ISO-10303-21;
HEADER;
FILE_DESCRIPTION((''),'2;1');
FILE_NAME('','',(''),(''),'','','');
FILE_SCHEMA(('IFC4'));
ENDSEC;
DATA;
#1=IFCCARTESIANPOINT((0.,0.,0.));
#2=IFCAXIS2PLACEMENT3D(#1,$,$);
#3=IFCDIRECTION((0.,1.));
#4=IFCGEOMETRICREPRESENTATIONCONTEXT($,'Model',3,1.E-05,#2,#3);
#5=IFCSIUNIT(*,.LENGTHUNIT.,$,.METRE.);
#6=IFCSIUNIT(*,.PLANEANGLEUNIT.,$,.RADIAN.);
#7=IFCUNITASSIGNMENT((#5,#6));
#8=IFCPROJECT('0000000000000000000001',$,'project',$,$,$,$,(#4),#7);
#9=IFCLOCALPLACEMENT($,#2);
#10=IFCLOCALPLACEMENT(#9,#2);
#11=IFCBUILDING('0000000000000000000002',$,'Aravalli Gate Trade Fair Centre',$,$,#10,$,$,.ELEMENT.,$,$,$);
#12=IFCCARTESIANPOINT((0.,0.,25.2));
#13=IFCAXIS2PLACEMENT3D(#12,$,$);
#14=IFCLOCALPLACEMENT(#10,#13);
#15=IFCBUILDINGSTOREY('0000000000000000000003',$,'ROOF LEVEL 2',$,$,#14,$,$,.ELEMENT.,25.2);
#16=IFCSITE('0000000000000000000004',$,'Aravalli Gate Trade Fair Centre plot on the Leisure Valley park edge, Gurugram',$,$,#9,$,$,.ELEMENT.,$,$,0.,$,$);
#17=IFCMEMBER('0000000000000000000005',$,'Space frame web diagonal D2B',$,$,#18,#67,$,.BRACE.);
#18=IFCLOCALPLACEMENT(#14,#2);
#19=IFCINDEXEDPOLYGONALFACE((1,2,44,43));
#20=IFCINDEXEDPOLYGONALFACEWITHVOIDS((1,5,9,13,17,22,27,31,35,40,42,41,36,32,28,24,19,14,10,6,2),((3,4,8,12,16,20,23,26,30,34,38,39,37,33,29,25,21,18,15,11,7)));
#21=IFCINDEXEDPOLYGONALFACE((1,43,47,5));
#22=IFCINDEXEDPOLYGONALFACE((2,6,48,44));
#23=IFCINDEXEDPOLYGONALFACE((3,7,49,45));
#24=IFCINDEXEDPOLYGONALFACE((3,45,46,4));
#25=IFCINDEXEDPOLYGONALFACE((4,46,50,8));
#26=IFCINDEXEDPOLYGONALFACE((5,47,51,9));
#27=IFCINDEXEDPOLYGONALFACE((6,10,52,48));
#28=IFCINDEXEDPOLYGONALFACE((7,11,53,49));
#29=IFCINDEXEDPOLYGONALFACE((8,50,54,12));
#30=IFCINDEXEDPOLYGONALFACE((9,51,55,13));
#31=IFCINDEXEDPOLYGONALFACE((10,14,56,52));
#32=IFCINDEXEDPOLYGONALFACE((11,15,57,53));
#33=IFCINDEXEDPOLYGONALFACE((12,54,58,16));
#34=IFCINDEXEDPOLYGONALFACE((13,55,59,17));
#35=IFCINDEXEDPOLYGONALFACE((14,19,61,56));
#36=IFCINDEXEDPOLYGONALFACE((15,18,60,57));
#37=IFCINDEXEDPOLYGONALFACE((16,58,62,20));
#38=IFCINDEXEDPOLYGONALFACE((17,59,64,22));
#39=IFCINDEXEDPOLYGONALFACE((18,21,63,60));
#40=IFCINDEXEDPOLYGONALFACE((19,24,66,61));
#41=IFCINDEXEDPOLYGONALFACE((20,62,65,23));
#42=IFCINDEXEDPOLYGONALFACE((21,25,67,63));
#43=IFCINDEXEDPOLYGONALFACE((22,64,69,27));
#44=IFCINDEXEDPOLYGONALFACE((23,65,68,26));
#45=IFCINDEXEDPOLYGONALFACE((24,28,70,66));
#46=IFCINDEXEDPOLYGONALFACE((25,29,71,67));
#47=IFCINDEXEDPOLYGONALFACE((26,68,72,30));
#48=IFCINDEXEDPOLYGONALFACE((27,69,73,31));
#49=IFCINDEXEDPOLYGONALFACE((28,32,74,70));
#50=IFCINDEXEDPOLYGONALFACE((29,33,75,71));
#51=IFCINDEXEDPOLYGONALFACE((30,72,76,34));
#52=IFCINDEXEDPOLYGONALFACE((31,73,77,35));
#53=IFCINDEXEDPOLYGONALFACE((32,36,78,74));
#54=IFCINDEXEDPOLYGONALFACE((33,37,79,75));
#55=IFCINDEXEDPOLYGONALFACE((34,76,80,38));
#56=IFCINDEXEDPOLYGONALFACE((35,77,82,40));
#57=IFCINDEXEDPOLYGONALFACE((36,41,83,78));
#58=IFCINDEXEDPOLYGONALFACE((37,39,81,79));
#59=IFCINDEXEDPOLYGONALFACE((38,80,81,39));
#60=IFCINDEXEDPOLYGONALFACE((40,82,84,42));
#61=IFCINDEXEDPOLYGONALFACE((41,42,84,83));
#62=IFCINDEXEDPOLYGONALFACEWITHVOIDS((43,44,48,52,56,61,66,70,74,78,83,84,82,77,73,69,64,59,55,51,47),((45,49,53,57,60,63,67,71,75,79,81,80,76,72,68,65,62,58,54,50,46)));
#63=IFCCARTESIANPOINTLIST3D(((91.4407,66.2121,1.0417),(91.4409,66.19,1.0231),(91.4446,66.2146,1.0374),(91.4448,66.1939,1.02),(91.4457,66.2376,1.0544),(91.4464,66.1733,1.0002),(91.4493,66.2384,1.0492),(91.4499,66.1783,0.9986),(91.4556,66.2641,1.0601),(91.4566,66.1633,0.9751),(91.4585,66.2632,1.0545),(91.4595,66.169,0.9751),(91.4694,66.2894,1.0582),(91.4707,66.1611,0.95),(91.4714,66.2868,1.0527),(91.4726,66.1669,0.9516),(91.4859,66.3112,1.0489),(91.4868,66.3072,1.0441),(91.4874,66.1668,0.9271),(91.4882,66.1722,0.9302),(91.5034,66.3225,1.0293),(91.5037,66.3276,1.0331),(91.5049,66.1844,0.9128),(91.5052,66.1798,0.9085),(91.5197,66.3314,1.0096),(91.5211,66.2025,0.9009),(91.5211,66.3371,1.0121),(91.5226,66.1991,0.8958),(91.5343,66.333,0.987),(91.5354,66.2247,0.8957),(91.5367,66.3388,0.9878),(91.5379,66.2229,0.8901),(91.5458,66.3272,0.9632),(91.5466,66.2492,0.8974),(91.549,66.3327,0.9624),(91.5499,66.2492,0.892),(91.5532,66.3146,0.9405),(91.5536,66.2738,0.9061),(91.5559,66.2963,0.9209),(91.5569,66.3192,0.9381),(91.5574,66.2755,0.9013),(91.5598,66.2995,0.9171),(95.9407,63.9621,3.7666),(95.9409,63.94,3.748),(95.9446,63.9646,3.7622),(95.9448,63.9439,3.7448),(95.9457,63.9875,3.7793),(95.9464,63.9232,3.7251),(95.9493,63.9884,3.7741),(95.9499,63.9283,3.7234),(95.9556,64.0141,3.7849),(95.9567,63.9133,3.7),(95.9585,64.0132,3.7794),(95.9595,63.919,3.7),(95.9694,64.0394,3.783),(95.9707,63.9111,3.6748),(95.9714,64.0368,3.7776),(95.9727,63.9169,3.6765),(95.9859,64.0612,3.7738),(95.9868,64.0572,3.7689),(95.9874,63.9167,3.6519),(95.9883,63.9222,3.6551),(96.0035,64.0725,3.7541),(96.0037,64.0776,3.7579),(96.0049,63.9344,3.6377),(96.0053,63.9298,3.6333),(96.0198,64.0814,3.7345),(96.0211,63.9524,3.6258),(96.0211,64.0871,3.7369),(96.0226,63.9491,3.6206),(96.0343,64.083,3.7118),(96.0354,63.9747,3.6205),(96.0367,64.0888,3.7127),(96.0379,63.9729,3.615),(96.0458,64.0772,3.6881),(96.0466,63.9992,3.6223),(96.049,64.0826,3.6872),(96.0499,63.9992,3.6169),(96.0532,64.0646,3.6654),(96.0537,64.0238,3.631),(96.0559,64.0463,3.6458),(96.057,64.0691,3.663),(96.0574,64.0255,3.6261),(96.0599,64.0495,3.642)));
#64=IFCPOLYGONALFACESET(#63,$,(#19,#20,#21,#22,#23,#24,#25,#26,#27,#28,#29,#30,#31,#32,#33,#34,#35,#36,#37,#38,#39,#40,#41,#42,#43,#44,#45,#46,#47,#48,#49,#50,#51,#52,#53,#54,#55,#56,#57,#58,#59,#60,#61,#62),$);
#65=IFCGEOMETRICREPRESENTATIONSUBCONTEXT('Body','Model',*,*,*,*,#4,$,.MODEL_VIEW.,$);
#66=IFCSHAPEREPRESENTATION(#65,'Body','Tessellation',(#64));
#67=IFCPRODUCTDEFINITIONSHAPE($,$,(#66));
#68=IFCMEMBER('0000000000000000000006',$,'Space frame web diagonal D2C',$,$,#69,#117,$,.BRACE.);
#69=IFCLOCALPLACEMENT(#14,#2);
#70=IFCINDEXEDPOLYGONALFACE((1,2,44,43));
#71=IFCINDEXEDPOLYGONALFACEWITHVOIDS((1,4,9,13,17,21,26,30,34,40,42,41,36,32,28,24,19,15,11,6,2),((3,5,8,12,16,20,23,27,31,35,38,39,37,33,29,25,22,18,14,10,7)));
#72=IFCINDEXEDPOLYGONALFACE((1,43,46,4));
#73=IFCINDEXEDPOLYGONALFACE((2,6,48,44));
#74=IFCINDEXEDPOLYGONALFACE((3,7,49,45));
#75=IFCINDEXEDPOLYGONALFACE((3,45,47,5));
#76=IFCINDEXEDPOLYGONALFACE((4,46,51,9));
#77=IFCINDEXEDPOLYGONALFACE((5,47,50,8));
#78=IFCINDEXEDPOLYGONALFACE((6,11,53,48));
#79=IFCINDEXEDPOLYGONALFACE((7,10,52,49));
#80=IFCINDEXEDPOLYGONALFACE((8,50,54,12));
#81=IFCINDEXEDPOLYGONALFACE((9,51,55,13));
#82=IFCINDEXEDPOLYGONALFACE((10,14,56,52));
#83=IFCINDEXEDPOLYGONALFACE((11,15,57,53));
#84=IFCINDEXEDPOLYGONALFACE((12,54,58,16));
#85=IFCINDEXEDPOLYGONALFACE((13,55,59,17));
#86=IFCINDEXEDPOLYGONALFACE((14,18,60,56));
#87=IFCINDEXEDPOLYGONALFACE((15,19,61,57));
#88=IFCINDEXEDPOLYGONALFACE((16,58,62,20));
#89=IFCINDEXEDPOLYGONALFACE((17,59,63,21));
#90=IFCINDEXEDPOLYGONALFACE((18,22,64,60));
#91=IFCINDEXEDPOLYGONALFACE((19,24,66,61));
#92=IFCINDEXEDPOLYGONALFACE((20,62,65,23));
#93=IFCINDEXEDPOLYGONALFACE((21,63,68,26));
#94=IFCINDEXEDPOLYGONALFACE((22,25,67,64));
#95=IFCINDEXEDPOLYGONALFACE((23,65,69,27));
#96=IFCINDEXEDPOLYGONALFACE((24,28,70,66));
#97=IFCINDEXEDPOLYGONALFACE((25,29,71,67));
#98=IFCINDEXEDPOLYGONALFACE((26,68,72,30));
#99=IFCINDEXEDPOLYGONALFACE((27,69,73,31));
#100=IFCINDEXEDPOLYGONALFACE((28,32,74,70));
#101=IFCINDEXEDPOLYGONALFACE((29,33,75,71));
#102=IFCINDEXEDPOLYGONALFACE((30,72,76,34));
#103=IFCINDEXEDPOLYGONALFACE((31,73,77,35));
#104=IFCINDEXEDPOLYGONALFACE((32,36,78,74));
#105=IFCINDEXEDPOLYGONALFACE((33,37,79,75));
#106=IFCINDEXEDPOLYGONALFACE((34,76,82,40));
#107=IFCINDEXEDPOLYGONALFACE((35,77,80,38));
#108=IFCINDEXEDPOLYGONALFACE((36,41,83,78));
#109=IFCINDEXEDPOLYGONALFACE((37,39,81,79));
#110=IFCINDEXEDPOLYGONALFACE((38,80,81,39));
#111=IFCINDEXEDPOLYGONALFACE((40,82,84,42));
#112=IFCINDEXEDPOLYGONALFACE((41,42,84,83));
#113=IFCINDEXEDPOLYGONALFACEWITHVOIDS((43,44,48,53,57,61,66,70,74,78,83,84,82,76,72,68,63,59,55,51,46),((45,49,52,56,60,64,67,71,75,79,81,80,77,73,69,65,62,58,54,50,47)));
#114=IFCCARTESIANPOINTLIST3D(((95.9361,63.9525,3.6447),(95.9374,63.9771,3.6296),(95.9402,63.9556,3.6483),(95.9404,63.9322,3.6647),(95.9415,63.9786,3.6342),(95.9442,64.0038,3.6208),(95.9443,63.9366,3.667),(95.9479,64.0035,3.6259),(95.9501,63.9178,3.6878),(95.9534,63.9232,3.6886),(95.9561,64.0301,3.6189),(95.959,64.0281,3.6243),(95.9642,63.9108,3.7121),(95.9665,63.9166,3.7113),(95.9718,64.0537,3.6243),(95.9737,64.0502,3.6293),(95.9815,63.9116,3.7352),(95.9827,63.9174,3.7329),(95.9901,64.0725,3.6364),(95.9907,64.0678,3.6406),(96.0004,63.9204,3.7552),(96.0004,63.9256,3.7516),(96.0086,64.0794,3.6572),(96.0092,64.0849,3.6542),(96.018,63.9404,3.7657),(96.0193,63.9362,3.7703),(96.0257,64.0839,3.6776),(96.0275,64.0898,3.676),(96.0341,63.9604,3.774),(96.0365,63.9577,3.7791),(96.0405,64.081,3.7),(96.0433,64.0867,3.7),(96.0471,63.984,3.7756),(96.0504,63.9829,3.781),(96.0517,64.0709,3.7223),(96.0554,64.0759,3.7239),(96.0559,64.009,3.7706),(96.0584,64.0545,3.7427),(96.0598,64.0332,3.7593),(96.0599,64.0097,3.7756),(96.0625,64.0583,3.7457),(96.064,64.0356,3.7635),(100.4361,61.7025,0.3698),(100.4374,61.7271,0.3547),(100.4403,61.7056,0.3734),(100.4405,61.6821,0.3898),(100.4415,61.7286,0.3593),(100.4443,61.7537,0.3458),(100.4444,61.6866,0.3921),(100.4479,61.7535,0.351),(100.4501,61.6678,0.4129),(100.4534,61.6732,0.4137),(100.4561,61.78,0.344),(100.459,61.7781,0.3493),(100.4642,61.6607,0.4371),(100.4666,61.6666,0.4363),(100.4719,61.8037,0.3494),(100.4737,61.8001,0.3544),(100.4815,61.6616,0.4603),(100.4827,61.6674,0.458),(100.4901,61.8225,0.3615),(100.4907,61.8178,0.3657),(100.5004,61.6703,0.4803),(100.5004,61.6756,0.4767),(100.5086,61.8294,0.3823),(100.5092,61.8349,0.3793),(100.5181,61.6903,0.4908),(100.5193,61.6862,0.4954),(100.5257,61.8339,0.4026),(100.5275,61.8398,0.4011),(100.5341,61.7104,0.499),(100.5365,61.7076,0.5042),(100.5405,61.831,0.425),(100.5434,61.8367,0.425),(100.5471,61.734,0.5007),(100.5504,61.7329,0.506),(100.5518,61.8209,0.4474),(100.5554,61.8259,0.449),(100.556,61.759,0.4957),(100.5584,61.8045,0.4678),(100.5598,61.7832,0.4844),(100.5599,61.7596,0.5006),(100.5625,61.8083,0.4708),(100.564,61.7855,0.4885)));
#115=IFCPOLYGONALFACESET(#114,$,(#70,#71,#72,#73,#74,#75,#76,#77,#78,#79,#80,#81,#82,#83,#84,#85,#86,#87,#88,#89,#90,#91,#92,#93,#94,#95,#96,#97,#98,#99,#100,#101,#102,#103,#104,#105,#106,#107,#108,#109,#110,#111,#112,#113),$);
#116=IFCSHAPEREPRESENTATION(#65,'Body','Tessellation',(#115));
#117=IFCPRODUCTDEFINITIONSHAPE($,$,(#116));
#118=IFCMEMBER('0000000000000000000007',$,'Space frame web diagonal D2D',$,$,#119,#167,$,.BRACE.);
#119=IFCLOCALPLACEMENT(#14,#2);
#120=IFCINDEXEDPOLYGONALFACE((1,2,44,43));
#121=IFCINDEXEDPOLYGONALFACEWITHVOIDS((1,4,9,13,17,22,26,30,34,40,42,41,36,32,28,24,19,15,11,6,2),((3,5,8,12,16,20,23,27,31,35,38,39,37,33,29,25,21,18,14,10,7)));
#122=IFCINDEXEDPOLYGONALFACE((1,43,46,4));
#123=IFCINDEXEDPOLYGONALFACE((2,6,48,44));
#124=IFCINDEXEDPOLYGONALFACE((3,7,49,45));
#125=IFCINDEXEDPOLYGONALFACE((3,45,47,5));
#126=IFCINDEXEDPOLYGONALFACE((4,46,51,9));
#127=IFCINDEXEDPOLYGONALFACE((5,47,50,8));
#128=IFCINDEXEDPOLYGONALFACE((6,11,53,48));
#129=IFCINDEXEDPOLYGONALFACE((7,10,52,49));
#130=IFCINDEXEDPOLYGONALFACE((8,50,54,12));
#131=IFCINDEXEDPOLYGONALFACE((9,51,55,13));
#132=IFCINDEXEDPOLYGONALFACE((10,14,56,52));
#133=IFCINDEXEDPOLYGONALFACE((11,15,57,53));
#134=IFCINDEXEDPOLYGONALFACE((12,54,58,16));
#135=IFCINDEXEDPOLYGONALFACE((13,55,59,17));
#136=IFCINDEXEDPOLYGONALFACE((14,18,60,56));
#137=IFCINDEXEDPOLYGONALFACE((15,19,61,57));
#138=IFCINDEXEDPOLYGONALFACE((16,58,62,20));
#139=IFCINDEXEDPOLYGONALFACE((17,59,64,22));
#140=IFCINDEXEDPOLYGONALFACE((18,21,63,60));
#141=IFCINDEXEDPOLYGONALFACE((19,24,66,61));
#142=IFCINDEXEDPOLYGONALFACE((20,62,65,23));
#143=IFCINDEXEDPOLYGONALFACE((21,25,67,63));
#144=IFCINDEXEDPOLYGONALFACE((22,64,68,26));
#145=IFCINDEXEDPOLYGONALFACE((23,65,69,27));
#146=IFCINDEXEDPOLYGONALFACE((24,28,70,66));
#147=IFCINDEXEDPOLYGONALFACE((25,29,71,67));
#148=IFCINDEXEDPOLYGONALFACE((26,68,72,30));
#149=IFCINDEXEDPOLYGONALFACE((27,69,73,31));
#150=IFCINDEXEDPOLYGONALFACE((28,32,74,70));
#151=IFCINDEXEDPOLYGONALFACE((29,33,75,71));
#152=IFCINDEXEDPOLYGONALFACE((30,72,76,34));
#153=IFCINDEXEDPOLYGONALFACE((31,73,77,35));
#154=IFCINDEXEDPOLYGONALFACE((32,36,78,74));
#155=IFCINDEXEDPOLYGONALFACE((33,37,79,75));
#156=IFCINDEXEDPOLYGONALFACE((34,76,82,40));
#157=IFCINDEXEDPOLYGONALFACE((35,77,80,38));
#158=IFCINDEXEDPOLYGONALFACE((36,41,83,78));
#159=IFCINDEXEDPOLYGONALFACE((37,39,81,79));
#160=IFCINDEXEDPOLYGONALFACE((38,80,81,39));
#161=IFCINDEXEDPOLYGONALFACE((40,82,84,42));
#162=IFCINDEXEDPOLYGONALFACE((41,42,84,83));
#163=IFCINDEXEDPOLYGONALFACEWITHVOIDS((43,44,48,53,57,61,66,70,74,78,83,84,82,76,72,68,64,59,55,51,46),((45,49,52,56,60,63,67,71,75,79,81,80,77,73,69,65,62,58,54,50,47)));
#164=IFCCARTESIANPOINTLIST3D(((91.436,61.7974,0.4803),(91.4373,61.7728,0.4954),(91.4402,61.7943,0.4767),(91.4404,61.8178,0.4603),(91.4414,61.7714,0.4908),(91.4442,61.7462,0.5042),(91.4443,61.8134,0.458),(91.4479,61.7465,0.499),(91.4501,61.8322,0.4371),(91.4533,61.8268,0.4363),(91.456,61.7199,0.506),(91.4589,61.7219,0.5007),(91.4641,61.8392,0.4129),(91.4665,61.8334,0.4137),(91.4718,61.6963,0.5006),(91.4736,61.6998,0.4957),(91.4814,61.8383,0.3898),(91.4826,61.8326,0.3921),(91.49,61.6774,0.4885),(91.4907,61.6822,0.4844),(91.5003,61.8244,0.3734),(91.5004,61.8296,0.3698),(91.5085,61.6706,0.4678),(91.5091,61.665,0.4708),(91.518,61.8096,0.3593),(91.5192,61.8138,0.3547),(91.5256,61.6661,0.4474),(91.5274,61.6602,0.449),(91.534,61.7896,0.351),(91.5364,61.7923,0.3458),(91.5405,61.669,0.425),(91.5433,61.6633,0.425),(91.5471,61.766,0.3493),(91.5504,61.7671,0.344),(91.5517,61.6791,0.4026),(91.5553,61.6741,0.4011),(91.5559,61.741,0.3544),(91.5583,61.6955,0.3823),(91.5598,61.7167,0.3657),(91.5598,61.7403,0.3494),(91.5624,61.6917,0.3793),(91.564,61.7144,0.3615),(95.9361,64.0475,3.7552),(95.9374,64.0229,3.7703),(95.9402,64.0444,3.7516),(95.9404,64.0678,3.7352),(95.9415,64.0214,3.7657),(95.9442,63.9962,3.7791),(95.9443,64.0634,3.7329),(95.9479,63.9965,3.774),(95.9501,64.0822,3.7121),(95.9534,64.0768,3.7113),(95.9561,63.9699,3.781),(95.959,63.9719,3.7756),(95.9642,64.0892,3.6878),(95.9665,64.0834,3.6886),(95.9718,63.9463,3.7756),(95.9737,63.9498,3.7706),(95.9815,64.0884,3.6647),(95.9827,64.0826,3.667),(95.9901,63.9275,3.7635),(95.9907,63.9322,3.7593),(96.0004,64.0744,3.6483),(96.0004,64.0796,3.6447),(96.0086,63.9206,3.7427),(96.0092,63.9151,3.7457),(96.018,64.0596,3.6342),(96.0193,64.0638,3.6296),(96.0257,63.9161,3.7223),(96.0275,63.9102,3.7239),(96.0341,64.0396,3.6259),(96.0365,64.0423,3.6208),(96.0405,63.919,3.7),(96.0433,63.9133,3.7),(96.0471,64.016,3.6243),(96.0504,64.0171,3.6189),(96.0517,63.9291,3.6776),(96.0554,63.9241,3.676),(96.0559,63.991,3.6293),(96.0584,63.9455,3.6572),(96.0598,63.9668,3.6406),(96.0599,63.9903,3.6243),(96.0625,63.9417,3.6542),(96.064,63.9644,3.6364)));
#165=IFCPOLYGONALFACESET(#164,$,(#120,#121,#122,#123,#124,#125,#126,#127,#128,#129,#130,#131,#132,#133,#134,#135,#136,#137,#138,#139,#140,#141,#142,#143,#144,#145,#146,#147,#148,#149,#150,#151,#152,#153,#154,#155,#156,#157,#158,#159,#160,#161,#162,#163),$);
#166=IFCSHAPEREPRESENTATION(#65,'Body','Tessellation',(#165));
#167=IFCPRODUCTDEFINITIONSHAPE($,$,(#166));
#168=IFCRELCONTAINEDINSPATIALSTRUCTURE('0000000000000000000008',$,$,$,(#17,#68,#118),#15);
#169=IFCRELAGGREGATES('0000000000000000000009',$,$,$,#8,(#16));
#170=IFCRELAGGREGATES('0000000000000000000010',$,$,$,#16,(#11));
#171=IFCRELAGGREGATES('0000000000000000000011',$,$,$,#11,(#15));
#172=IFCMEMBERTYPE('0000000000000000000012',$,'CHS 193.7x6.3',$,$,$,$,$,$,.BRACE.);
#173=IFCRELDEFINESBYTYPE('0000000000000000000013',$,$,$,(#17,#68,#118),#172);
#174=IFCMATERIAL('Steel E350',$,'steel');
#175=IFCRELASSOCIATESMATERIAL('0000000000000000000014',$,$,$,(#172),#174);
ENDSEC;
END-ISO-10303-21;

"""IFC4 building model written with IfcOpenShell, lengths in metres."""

from ifc_helpers import new_model, si_unit, direction, frame, origin, origin_2d, place, context, subcontext, project, spatial, hollow_circle, extrude, material, material_profile, profile_set, type_object, element, save


model = new_model("IFC4")

# Units and contexts
model_context = context("Model", 3, precision=1e-05, world=origin(), true_north=direction((0.0, 1.0)))
body_context = subcontext(model_context, "Body", "Model", "MODEL_VIEW")
ifc_project = project(units=[si_unit("LENGTHUNIT", "METRE"), si_unit("PLANEANGLEUNIT", "RADIAN")], contexts=[model_context])

# Site, building, storey
site_placement = place(None, origin())
site = spatial("IfcSite", under=ifc_project, at=site_placement, Name="Aravalli Gate Trade Fair Centre plot on the Leisure Valley park edge, Gurugram", CompositionType="ELEMENT", RefElevation=0.0)
building_placement = place(site_placement, origin())
building = spatial("IfcBuilding", under=site, at=building_placement, Name="Aravalli Gate Trade Fair Centre", CompositionType="ELEMENT")
storey_placement = place(building_placement, frame((0.0, 0.0, 25.2)))
storey = spatial("IfcBuildingStorey", under=building, at=storey_placement, Name="ROOF LEVEL 2", CompositionType="ELEMENT", Elevation=25.2)

# Members
ifc_material_1 = material(Name="Steel E350", Category="steel")
ifc_material_profile_1 = material_profile(ifc_material_1, hollow_circle(Radius=0.0969, WallThickness=0.0063, at=origin_2d()), Name="CHS 193.7x6.3")
ifc_profile_set_1 = profile_set([ifc_material_profile_1], Name="Steel E350")
member_type_1 = type_object("IfcMemberType", Name="CHS 193.7x6.3", PredefinedType="BRACE", material=ifc_profile_set_1)
for number, where, z_axis, x_axis, name in (
    (1, (96.0, 64.0, 3.7), (-0.786486, 0.393243, -0.476235), (-0.447214, -0.894427, 0.0), "Space frame web diagonal D2B"),
):
    element("IfcMember", number, at=place(storey_placement, frame(where, z_axis=z_axis, x_axis=x_axis)), inside=storey, type_object=member_type_1, Name=name, PredefinedType="BRACE", context=body_context, shape_type="SweptSolid", body=[
        extrude(hollow_circle(Radius=0.0969, WallThickness=0.0063, at=origin_2d()), origin(), (0.0, 0.0, 1.0), 5.7217),
    ])
for number, where, z_axis, x_axis, name in (
    (2, (96.0, 64.0, 3.7), (0.74961, -0.374805, -0.545533), (0.447214, 0.894427, 0.0), "Space frame web diagonal D2C"),
    (3, (96.0, 64.0, 3.7), (-0.74961, -0.374805, -0.545533), (0.447214, -0.894427, 0.0), "Space frame web diagonal D2D"),
):
    element("IfcMember", number, at=place(storey_placement, frame(where, z_axis=z_axis, x_axis=x_axis)), inside=storey, type_object=member_type_1, Name=name, PredefinedType="BRACE", context=body_context, shape_type="SweptSolid", body=[
        extrude(hollow_circle(Radius=0.0969, WallThickness=0.0063, at=origin_2d()), origin(), (0.0, 0.0, 1.0), 6.0032),
    ])

save(model, "model.ifc")
